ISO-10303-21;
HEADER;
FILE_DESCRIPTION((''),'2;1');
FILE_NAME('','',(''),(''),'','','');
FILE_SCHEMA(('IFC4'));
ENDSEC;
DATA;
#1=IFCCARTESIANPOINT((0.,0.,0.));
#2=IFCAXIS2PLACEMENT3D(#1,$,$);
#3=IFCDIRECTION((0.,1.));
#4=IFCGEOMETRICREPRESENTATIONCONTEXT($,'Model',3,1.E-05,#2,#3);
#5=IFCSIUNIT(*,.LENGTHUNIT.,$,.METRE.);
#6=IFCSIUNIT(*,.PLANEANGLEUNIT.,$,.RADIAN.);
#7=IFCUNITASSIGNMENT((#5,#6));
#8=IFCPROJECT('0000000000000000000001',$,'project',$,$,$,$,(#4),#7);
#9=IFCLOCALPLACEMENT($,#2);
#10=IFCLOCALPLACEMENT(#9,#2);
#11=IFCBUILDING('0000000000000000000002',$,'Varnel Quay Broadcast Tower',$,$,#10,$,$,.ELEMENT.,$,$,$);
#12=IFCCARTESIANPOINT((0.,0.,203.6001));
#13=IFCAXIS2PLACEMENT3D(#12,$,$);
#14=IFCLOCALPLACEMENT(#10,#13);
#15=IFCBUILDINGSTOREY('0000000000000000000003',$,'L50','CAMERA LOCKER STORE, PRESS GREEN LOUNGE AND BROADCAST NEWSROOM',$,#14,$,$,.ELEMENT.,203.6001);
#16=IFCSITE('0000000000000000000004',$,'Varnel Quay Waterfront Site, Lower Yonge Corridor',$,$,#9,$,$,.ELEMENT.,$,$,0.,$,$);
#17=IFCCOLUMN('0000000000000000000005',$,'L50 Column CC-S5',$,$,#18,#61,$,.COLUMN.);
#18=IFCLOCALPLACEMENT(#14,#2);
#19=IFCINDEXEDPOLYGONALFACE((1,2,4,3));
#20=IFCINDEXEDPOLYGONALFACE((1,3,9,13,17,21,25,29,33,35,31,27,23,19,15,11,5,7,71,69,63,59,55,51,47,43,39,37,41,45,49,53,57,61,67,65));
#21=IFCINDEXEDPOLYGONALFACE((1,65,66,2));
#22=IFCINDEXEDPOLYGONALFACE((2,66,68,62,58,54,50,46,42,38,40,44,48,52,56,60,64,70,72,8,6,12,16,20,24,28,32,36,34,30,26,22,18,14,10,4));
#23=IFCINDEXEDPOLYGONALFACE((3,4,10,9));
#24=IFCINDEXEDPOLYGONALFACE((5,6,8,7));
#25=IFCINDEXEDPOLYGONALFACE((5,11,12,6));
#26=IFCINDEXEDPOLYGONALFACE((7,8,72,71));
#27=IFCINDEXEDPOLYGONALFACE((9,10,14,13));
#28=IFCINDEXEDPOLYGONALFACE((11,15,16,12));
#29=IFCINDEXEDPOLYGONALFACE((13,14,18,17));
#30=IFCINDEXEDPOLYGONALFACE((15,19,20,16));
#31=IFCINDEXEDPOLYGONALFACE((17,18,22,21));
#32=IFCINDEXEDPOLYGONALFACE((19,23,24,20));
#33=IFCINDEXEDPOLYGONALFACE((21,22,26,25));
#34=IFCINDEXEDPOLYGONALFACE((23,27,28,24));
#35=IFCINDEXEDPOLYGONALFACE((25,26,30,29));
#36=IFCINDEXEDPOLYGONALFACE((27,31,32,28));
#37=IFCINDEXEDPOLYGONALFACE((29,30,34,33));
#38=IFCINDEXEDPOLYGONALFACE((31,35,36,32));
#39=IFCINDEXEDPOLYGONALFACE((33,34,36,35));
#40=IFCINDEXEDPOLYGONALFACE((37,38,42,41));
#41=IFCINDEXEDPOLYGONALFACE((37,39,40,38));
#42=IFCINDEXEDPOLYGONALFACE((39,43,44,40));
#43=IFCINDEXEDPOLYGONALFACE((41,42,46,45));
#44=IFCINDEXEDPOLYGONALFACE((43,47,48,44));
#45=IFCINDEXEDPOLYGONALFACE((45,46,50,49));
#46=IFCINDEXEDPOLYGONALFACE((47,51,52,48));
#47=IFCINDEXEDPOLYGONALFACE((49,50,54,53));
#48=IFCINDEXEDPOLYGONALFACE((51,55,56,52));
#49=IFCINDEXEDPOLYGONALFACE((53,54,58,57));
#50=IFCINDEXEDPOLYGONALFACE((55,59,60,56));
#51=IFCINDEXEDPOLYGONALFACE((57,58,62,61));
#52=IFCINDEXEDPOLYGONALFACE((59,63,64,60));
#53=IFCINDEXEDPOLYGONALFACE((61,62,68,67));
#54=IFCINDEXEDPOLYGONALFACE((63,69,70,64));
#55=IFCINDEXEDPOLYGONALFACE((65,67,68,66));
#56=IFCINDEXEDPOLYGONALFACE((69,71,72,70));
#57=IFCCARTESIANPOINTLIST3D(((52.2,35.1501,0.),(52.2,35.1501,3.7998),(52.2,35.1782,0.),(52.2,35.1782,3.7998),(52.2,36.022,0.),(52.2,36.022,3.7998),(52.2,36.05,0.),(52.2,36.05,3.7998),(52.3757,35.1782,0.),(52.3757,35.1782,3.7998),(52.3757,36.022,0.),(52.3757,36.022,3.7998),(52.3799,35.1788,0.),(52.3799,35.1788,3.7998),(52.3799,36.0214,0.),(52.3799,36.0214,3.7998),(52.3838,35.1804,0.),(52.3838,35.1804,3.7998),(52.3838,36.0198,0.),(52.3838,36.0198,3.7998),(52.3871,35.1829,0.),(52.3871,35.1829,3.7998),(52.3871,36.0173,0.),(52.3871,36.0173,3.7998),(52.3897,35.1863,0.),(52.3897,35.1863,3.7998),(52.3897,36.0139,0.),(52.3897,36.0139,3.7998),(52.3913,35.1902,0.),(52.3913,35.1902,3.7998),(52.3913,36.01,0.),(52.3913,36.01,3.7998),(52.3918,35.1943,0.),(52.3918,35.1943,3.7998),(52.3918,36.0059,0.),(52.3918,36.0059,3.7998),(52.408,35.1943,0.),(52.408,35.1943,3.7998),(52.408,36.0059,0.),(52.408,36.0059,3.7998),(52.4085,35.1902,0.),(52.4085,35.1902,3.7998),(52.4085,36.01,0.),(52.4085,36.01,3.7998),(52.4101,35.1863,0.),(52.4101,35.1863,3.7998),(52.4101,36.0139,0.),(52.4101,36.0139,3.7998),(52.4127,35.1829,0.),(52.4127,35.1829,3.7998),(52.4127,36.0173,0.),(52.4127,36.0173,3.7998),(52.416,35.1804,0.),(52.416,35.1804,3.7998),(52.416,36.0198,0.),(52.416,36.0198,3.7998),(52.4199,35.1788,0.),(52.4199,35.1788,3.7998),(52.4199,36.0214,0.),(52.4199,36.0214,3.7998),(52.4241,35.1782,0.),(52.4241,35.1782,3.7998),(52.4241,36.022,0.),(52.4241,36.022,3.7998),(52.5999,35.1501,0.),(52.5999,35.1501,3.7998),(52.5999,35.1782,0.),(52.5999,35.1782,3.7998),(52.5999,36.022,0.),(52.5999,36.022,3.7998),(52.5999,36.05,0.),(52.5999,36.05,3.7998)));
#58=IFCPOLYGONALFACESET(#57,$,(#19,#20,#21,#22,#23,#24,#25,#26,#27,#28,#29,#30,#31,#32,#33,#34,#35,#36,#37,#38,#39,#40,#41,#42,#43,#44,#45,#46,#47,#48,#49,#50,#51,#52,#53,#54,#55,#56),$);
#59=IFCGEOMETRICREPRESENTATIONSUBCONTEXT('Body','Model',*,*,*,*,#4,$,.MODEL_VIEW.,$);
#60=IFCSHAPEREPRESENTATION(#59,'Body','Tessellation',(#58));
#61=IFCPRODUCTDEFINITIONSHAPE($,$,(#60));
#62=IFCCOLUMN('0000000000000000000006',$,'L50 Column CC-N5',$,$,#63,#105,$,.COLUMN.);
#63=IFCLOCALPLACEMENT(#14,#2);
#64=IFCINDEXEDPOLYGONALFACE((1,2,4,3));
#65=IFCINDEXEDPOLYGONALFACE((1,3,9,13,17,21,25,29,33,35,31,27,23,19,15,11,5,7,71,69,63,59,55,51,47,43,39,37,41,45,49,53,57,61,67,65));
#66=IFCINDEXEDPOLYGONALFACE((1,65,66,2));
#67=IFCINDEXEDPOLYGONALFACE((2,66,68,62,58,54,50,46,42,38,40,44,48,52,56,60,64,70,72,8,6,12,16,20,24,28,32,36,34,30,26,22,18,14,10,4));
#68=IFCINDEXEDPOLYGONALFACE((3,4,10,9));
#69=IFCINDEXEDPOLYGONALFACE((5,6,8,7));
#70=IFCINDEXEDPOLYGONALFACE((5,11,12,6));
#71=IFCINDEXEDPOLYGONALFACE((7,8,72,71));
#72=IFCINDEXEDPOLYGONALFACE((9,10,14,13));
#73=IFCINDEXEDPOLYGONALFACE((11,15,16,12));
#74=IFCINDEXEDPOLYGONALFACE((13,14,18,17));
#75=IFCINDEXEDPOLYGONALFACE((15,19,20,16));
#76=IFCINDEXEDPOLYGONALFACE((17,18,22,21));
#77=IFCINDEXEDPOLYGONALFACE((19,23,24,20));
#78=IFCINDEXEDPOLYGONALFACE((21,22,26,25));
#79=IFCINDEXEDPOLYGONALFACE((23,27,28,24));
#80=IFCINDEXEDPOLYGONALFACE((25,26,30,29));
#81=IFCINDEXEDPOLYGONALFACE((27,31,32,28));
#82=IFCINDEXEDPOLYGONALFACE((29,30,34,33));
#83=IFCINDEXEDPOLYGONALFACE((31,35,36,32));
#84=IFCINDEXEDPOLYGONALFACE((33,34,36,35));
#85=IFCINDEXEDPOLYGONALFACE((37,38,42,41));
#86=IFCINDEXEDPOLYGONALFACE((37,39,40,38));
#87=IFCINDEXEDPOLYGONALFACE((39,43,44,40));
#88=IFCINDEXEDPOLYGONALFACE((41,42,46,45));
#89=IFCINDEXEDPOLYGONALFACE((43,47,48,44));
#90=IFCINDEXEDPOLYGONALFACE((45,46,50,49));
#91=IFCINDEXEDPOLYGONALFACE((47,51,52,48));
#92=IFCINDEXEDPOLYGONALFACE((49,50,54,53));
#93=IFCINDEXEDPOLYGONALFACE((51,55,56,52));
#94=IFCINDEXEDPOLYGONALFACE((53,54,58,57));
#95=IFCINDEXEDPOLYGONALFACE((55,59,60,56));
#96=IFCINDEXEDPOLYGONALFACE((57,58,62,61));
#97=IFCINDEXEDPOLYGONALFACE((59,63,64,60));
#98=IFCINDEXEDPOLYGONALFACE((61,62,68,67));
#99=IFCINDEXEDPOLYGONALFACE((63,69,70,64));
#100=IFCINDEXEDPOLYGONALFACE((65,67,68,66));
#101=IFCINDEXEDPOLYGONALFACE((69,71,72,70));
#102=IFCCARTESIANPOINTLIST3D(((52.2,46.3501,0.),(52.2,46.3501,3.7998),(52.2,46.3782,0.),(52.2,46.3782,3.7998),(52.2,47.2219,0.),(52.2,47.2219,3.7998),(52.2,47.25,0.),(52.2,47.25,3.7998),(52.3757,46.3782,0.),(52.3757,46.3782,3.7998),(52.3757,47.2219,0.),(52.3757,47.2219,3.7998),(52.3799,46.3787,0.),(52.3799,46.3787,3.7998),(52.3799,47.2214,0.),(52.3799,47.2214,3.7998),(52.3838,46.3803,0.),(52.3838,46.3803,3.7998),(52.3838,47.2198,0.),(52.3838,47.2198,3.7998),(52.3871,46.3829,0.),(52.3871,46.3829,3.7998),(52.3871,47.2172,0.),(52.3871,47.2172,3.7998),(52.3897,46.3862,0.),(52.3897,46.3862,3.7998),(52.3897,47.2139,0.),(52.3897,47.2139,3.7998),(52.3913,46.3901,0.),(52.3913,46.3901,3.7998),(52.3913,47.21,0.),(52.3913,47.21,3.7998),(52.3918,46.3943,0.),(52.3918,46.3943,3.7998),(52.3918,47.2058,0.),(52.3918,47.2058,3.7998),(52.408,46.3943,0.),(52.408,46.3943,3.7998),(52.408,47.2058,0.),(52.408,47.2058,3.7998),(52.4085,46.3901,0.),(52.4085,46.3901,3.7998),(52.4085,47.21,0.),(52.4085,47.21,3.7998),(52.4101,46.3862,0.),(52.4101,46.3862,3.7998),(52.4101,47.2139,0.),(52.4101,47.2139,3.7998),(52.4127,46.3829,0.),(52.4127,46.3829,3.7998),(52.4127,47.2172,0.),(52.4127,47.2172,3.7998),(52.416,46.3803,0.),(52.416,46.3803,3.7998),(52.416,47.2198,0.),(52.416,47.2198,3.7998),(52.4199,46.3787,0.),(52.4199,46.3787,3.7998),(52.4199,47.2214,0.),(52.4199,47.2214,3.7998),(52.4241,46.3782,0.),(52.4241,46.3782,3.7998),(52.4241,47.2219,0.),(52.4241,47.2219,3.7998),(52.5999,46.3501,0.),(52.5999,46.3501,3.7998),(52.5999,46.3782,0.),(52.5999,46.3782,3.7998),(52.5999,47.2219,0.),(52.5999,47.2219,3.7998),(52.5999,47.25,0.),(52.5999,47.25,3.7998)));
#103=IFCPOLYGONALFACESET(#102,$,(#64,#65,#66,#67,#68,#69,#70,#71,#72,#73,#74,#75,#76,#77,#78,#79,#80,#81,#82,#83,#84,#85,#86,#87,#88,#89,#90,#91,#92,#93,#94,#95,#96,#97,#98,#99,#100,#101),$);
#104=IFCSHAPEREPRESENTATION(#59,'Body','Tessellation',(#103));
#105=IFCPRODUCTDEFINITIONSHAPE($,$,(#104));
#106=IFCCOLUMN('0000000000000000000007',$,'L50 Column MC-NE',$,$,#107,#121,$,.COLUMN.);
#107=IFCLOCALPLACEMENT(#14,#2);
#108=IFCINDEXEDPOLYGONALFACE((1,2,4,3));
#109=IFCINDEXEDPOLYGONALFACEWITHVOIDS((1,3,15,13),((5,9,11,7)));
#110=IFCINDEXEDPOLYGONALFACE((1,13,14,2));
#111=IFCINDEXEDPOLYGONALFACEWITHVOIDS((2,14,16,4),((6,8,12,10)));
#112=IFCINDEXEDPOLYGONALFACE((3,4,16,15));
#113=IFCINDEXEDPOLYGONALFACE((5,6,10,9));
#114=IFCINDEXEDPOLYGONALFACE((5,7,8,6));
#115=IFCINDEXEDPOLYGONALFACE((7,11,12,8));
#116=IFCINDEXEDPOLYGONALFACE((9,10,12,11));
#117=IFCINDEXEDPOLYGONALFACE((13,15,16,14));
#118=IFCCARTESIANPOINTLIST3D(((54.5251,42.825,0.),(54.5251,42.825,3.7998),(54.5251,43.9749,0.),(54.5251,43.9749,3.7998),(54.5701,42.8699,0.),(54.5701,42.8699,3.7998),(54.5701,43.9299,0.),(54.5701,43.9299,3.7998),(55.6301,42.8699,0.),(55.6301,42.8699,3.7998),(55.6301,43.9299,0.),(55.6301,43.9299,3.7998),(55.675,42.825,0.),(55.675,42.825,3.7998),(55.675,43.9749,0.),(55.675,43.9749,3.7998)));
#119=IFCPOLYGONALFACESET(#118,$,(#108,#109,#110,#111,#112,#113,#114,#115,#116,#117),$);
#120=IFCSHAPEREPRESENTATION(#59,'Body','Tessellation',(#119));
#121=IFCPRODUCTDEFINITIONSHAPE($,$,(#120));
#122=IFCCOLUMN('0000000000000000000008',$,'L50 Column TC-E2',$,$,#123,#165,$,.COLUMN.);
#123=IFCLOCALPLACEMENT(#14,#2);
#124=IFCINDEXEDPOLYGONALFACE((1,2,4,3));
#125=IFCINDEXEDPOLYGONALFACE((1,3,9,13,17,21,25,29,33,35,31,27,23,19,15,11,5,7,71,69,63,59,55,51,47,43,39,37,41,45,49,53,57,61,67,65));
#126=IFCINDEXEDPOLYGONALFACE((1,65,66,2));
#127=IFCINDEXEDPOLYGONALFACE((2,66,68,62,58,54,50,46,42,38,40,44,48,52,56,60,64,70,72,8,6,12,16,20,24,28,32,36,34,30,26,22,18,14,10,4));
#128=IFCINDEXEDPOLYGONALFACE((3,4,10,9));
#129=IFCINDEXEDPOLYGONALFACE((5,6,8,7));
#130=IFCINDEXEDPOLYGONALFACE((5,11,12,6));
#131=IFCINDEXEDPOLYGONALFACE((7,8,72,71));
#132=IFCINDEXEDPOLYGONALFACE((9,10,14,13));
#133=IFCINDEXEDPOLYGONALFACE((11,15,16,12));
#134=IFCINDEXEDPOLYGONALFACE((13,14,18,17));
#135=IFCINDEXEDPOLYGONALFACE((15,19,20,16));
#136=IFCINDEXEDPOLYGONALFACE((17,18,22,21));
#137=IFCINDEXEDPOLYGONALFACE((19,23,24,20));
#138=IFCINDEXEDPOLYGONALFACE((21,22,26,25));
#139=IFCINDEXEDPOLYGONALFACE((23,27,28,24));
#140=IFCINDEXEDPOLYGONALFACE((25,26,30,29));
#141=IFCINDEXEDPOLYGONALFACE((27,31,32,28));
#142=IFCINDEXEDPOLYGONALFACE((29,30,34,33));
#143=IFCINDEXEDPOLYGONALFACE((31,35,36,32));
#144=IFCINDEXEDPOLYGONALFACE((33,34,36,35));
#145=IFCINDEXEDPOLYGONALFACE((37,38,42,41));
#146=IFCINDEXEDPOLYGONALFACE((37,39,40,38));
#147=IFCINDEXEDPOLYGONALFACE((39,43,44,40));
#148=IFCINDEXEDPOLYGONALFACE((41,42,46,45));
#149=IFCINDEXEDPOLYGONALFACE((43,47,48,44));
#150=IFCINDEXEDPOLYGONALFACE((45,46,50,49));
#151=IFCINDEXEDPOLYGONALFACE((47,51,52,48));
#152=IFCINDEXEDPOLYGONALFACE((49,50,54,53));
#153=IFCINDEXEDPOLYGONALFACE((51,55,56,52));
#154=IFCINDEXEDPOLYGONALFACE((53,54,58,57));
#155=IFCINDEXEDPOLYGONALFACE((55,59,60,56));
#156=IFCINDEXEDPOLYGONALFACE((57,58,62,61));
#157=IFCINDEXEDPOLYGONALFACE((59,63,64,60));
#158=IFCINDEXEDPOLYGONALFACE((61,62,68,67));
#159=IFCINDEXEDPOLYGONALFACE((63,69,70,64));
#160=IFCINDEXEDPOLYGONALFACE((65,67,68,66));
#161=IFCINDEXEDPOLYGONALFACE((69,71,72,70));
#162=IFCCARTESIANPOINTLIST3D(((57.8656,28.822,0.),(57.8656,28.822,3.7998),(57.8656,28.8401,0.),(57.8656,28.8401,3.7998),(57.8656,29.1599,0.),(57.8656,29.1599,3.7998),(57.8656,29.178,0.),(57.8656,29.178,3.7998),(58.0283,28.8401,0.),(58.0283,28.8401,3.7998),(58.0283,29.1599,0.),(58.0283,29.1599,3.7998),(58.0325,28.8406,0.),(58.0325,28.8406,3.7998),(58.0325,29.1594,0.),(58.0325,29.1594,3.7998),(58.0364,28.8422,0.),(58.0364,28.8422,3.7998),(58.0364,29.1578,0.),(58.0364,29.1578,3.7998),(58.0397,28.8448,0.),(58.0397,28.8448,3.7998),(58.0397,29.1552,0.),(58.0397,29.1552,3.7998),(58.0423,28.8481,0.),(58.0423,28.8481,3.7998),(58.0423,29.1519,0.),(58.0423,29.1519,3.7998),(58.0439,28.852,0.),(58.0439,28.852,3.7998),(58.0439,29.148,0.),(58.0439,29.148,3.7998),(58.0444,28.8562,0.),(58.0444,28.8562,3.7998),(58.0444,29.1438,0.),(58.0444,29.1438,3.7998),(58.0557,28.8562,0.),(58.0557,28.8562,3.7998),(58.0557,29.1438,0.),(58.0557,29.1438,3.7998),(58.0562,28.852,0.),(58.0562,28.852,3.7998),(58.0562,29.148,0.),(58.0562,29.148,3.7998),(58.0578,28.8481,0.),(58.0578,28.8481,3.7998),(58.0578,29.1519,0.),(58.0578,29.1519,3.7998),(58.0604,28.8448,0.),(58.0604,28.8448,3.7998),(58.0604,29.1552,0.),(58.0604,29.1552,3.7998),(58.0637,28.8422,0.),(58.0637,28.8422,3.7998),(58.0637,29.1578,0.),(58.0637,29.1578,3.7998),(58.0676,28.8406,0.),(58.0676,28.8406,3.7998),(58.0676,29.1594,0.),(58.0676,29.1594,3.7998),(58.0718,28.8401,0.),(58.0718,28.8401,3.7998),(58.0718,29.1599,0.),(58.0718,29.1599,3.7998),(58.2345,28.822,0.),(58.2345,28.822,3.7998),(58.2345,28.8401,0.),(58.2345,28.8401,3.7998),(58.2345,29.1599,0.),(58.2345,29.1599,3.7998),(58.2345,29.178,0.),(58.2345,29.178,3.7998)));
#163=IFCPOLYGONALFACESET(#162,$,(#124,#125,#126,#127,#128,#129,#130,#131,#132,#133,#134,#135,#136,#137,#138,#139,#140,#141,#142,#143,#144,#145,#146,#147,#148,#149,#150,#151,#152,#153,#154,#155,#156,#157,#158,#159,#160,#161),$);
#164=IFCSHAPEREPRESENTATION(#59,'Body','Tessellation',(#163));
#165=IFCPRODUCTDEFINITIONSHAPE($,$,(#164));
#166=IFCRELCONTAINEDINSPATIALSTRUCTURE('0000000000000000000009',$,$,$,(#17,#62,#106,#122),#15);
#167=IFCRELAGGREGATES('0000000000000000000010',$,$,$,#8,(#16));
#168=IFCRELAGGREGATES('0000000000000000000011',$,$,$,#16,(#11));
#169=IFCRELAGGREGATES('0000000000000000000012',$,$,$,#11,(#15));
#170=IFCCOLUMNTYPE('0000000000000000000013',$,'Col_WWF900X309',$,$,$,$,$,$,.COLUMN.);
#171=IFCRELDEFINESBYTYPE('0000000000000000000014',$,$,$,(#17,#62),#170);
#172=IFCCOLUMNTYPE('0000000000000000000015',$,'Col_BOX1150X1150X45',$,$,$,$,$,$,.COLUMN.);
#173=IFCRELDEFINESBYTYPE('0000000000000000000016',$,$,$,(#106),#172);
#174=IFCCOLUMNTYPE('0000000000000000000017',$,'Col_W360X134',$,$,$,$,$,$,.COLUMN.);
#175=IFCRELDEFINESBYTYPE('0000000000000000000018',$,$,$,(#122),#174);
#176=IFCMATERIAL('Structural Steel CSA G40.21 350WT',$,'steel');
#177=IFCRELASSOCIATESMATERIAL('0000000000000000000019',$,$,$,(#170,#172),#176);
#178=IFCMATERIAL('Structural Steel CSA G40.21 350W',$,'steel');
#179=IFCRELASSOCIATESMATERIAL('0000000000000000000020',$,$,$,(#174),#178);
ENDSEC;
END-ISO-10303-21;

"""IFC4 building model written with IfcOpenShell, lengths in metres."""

from ifc_helpers import new_model, si_unit, direction, frame, origin, origin_2d, place, context, subcontext, project, spatial, hollow_rectangle, i_section, extrude, source, transform, mapped, material, material_profile, profile_set, type_object, type_shapes, element, save


model = new_model("IFC4")

# Units and contexts
model_context = context("Model", 3, precision=1e-05, world=origin(), true_north=direction((0.0, 1.0)))
body_context = subcontext(model_context, "Body", "Model", "MODEL_VIEW")
ifc_project = project(units=[si_unit("LENGTHUNIT", "METRE"), si_unit("PLANEANGLEUNIT", "RADIAN")], contexts=[model_context])

# Site, building, storey
site_placement = place(None, origin())
site = spatial("IfcSite", under=ifc_project, at=site_placement, Name="Varnel Quay Waterfront Site, Lower Yonge Corridor", CompositionType="ELEMENT", RefElevation=0.0)
building_placement = place(site_placement, origin())
building = spatial("IfcBuilding", under=site, at=building_placement, Name="Varnel Quay Broadcast Tower", CompositionType="ELEMENT")
storey_placement = place(building_placement, frame((0.0, 0.0, 203.6001)))
storey = spatial("IfcBuildingStorey", under=building, at=storey_placement, Name="L50", Description="CAMERA LOCKER STORE, PRESS GREEN LOUNGE AND BROADCAST NEWSROOM", CompositionType="ELEMENT", Elevation=203.6001)

# Columns
ifc_material_1 = material(Name="Structural Steel CSA G40.21 350WT", Category="steel")
ifc_material_profile_1 = material_profile(ifc_material_1, i_section(OverallWidth=0.3999, OverallDepth=0.8999, WebThickness=0.0161, FlangeThickness=0.0281, FilletRadius=0.0161, at=origin_2d()), Name="WWF900X309")
ifc_profile_set_1 = profile_set([ifc_material_profile_1], Name="Structural Steel CSA G40.21 350WT")
column_type_1 = type_object("IfcColumnType", Name="Col_WWF900X309", PredefinedType="COLUMN", material=ifc_profile_set_1)
shared_shape_1 = source(origin(), body_context, "Body", "SweptSolid", [
    extrude(i_section(OverallWidth=0.3999, OverallDepth=0.8999, WebThickness=0.0161, FlangeThickness=0.0281, FilletRadius=0.0161, at=origin_2d()), origin(), (0.0, 0.0, 1.0), 3.7998),
])
type_shapes(column_type_1, [shared_shape_1])
for number, where, z_axis, x_axis, name in (
    (1, (52.3999, 35.6001, 0.0), (0.0, 0.0, 1.0), (1.0, 0.0, 0.0), "L50 Column CC-S5"),
    (2, (52.3999, 46.8, 0.0), (0.0, 0.0, 1.0), (1.0, 0.0, 0.0), "L50 Column CC-N5"),
):
    element("IfcColumn", number, at=place(storey_placement, frame(where, z_axis=z_axis, x_axis=x_axis)), inside=storey, type_object=column_type_1, Name=name, PredefinedType="COLUMN", context=body_context, shape_type="MappedRepresentation", body=[
        mapped(shared_shape_1, transform((0.0, 0.0, 0.0), x_axis=(1.0, 0.0, 0.0), y_axis=(0.0, 1.0, 0.0), z_axis=(0.0, 0.0, 1.0), scale=1.0)),
    ])
ifc_material_profile_2 = material_profile(ifc_material_1, hollow_rectangle(XDim=1.1499, YDim=1.1499, WallThickness=0.0449, at=origin_2d()), Name="BOX1150X1150X45")
ifc_profile_set_2 = profile_set([ifc_material_profile_2], Name="Structural Steel CSA G40.21 350WT")
column_type_2 = type_object("IfcColumnType", Name="Col_BOX1150X1150X45", PredefinedType="COLUMN", material=ifc_profile_set_2)
shared_shape_2 = source(origin(), body_context, "Body", "SweptSolid", [
    extrude(hollow_rectangle(XDim=1.1499, YDim=1.1499, WallThickness=0.0449, at=origin_2d()), origin(), (0.0, 0.0, 1.0), 3.7998),
])
type_shapes(column_type_2, [shared_shape_2])
column_placement = place(storey_placement, frame((55.1001, 43.3999, 0.0), z_axis=(0.0, 0.0, 1.0), x_axis=(1.0, 0.0, 0.0)))
element("IfcColumn", 3, at=column_placement, inside=storey, type_object=column_type_2, Name="L50 Column MC-NE", PredefinedType="COLUMN", context=body_context, shape_type="MappedRepresentation", body=[
    mapped(shared_shape_2, transform((0.0, 0.0, 0.0), x_axis=(1.0, 0.0, 0.0), y_axis=(0.0, 1.0, 0.0), z_axis=(0.0, 0.0, 1.0), scale=1.0)),
])
ifc_material_2 = material(Name="Structural Steel CSA G40.21 350W", Category="steel")
ifc_material_profile_3 = material_profile(ifc_material_2, i_section(OverallWidth=0.3689, OverallDepth=0.356, WebThickness=0.0112, FlangeThickness=0.0181, FilletRadius=0.0161, at=origin_2d()), Name="W360X134")
ifc_profile_set_3 = profile_set([ifc_material_profile_3], Name="Structural Steel CSA G40.21 350W")
column_type_3 = type_object("IfcColumnType", Name="Col_W360X134", PredefinedType="COLUMN", material=ifc_profile_set_3)
shared_shape_3 = source(origin(), body_context, "Body", "SweptSolid", [
    extrude(i_section(OverallWidth=0.3689, OverallDepth=0.356, WebThickness=0.0112, FlangeThickness=0.0181, FilletRadius=0.0161, at=origin_2d()), origin(), (0.0, 0.0, 1.0), 3.7998),
])
type_shapes(column_type_3, [shared_shape_3])
for number, where, z_axis, x_axis, name in (
    (4, (58.05, 29.0, 0.0), (0.0, 0.0, 1.0), (1.0, 0.0, 0.0), "L50 Column TC-E2"),
):
    element("IfcColumn", number, at=place(storey_placement, frame(where, z_axis=z_axis, x_axis=x_axis)), inside=storey, type_object=column_type_3, Name=name, PredefinedType="COLUMN", context=body_context, shape_type="MappedRepresentation", body=[
        mapped(shared_shape_3, transform((0.0, 0.0, 0.0), x_axis=(1.0, 0.0, 0.0), y_axis=(0.0, 1.0, 0.0), z_axis=(0.0, 0.0, 1.0), scale=1.0)),
    ])

save(model, "model.ifc")
